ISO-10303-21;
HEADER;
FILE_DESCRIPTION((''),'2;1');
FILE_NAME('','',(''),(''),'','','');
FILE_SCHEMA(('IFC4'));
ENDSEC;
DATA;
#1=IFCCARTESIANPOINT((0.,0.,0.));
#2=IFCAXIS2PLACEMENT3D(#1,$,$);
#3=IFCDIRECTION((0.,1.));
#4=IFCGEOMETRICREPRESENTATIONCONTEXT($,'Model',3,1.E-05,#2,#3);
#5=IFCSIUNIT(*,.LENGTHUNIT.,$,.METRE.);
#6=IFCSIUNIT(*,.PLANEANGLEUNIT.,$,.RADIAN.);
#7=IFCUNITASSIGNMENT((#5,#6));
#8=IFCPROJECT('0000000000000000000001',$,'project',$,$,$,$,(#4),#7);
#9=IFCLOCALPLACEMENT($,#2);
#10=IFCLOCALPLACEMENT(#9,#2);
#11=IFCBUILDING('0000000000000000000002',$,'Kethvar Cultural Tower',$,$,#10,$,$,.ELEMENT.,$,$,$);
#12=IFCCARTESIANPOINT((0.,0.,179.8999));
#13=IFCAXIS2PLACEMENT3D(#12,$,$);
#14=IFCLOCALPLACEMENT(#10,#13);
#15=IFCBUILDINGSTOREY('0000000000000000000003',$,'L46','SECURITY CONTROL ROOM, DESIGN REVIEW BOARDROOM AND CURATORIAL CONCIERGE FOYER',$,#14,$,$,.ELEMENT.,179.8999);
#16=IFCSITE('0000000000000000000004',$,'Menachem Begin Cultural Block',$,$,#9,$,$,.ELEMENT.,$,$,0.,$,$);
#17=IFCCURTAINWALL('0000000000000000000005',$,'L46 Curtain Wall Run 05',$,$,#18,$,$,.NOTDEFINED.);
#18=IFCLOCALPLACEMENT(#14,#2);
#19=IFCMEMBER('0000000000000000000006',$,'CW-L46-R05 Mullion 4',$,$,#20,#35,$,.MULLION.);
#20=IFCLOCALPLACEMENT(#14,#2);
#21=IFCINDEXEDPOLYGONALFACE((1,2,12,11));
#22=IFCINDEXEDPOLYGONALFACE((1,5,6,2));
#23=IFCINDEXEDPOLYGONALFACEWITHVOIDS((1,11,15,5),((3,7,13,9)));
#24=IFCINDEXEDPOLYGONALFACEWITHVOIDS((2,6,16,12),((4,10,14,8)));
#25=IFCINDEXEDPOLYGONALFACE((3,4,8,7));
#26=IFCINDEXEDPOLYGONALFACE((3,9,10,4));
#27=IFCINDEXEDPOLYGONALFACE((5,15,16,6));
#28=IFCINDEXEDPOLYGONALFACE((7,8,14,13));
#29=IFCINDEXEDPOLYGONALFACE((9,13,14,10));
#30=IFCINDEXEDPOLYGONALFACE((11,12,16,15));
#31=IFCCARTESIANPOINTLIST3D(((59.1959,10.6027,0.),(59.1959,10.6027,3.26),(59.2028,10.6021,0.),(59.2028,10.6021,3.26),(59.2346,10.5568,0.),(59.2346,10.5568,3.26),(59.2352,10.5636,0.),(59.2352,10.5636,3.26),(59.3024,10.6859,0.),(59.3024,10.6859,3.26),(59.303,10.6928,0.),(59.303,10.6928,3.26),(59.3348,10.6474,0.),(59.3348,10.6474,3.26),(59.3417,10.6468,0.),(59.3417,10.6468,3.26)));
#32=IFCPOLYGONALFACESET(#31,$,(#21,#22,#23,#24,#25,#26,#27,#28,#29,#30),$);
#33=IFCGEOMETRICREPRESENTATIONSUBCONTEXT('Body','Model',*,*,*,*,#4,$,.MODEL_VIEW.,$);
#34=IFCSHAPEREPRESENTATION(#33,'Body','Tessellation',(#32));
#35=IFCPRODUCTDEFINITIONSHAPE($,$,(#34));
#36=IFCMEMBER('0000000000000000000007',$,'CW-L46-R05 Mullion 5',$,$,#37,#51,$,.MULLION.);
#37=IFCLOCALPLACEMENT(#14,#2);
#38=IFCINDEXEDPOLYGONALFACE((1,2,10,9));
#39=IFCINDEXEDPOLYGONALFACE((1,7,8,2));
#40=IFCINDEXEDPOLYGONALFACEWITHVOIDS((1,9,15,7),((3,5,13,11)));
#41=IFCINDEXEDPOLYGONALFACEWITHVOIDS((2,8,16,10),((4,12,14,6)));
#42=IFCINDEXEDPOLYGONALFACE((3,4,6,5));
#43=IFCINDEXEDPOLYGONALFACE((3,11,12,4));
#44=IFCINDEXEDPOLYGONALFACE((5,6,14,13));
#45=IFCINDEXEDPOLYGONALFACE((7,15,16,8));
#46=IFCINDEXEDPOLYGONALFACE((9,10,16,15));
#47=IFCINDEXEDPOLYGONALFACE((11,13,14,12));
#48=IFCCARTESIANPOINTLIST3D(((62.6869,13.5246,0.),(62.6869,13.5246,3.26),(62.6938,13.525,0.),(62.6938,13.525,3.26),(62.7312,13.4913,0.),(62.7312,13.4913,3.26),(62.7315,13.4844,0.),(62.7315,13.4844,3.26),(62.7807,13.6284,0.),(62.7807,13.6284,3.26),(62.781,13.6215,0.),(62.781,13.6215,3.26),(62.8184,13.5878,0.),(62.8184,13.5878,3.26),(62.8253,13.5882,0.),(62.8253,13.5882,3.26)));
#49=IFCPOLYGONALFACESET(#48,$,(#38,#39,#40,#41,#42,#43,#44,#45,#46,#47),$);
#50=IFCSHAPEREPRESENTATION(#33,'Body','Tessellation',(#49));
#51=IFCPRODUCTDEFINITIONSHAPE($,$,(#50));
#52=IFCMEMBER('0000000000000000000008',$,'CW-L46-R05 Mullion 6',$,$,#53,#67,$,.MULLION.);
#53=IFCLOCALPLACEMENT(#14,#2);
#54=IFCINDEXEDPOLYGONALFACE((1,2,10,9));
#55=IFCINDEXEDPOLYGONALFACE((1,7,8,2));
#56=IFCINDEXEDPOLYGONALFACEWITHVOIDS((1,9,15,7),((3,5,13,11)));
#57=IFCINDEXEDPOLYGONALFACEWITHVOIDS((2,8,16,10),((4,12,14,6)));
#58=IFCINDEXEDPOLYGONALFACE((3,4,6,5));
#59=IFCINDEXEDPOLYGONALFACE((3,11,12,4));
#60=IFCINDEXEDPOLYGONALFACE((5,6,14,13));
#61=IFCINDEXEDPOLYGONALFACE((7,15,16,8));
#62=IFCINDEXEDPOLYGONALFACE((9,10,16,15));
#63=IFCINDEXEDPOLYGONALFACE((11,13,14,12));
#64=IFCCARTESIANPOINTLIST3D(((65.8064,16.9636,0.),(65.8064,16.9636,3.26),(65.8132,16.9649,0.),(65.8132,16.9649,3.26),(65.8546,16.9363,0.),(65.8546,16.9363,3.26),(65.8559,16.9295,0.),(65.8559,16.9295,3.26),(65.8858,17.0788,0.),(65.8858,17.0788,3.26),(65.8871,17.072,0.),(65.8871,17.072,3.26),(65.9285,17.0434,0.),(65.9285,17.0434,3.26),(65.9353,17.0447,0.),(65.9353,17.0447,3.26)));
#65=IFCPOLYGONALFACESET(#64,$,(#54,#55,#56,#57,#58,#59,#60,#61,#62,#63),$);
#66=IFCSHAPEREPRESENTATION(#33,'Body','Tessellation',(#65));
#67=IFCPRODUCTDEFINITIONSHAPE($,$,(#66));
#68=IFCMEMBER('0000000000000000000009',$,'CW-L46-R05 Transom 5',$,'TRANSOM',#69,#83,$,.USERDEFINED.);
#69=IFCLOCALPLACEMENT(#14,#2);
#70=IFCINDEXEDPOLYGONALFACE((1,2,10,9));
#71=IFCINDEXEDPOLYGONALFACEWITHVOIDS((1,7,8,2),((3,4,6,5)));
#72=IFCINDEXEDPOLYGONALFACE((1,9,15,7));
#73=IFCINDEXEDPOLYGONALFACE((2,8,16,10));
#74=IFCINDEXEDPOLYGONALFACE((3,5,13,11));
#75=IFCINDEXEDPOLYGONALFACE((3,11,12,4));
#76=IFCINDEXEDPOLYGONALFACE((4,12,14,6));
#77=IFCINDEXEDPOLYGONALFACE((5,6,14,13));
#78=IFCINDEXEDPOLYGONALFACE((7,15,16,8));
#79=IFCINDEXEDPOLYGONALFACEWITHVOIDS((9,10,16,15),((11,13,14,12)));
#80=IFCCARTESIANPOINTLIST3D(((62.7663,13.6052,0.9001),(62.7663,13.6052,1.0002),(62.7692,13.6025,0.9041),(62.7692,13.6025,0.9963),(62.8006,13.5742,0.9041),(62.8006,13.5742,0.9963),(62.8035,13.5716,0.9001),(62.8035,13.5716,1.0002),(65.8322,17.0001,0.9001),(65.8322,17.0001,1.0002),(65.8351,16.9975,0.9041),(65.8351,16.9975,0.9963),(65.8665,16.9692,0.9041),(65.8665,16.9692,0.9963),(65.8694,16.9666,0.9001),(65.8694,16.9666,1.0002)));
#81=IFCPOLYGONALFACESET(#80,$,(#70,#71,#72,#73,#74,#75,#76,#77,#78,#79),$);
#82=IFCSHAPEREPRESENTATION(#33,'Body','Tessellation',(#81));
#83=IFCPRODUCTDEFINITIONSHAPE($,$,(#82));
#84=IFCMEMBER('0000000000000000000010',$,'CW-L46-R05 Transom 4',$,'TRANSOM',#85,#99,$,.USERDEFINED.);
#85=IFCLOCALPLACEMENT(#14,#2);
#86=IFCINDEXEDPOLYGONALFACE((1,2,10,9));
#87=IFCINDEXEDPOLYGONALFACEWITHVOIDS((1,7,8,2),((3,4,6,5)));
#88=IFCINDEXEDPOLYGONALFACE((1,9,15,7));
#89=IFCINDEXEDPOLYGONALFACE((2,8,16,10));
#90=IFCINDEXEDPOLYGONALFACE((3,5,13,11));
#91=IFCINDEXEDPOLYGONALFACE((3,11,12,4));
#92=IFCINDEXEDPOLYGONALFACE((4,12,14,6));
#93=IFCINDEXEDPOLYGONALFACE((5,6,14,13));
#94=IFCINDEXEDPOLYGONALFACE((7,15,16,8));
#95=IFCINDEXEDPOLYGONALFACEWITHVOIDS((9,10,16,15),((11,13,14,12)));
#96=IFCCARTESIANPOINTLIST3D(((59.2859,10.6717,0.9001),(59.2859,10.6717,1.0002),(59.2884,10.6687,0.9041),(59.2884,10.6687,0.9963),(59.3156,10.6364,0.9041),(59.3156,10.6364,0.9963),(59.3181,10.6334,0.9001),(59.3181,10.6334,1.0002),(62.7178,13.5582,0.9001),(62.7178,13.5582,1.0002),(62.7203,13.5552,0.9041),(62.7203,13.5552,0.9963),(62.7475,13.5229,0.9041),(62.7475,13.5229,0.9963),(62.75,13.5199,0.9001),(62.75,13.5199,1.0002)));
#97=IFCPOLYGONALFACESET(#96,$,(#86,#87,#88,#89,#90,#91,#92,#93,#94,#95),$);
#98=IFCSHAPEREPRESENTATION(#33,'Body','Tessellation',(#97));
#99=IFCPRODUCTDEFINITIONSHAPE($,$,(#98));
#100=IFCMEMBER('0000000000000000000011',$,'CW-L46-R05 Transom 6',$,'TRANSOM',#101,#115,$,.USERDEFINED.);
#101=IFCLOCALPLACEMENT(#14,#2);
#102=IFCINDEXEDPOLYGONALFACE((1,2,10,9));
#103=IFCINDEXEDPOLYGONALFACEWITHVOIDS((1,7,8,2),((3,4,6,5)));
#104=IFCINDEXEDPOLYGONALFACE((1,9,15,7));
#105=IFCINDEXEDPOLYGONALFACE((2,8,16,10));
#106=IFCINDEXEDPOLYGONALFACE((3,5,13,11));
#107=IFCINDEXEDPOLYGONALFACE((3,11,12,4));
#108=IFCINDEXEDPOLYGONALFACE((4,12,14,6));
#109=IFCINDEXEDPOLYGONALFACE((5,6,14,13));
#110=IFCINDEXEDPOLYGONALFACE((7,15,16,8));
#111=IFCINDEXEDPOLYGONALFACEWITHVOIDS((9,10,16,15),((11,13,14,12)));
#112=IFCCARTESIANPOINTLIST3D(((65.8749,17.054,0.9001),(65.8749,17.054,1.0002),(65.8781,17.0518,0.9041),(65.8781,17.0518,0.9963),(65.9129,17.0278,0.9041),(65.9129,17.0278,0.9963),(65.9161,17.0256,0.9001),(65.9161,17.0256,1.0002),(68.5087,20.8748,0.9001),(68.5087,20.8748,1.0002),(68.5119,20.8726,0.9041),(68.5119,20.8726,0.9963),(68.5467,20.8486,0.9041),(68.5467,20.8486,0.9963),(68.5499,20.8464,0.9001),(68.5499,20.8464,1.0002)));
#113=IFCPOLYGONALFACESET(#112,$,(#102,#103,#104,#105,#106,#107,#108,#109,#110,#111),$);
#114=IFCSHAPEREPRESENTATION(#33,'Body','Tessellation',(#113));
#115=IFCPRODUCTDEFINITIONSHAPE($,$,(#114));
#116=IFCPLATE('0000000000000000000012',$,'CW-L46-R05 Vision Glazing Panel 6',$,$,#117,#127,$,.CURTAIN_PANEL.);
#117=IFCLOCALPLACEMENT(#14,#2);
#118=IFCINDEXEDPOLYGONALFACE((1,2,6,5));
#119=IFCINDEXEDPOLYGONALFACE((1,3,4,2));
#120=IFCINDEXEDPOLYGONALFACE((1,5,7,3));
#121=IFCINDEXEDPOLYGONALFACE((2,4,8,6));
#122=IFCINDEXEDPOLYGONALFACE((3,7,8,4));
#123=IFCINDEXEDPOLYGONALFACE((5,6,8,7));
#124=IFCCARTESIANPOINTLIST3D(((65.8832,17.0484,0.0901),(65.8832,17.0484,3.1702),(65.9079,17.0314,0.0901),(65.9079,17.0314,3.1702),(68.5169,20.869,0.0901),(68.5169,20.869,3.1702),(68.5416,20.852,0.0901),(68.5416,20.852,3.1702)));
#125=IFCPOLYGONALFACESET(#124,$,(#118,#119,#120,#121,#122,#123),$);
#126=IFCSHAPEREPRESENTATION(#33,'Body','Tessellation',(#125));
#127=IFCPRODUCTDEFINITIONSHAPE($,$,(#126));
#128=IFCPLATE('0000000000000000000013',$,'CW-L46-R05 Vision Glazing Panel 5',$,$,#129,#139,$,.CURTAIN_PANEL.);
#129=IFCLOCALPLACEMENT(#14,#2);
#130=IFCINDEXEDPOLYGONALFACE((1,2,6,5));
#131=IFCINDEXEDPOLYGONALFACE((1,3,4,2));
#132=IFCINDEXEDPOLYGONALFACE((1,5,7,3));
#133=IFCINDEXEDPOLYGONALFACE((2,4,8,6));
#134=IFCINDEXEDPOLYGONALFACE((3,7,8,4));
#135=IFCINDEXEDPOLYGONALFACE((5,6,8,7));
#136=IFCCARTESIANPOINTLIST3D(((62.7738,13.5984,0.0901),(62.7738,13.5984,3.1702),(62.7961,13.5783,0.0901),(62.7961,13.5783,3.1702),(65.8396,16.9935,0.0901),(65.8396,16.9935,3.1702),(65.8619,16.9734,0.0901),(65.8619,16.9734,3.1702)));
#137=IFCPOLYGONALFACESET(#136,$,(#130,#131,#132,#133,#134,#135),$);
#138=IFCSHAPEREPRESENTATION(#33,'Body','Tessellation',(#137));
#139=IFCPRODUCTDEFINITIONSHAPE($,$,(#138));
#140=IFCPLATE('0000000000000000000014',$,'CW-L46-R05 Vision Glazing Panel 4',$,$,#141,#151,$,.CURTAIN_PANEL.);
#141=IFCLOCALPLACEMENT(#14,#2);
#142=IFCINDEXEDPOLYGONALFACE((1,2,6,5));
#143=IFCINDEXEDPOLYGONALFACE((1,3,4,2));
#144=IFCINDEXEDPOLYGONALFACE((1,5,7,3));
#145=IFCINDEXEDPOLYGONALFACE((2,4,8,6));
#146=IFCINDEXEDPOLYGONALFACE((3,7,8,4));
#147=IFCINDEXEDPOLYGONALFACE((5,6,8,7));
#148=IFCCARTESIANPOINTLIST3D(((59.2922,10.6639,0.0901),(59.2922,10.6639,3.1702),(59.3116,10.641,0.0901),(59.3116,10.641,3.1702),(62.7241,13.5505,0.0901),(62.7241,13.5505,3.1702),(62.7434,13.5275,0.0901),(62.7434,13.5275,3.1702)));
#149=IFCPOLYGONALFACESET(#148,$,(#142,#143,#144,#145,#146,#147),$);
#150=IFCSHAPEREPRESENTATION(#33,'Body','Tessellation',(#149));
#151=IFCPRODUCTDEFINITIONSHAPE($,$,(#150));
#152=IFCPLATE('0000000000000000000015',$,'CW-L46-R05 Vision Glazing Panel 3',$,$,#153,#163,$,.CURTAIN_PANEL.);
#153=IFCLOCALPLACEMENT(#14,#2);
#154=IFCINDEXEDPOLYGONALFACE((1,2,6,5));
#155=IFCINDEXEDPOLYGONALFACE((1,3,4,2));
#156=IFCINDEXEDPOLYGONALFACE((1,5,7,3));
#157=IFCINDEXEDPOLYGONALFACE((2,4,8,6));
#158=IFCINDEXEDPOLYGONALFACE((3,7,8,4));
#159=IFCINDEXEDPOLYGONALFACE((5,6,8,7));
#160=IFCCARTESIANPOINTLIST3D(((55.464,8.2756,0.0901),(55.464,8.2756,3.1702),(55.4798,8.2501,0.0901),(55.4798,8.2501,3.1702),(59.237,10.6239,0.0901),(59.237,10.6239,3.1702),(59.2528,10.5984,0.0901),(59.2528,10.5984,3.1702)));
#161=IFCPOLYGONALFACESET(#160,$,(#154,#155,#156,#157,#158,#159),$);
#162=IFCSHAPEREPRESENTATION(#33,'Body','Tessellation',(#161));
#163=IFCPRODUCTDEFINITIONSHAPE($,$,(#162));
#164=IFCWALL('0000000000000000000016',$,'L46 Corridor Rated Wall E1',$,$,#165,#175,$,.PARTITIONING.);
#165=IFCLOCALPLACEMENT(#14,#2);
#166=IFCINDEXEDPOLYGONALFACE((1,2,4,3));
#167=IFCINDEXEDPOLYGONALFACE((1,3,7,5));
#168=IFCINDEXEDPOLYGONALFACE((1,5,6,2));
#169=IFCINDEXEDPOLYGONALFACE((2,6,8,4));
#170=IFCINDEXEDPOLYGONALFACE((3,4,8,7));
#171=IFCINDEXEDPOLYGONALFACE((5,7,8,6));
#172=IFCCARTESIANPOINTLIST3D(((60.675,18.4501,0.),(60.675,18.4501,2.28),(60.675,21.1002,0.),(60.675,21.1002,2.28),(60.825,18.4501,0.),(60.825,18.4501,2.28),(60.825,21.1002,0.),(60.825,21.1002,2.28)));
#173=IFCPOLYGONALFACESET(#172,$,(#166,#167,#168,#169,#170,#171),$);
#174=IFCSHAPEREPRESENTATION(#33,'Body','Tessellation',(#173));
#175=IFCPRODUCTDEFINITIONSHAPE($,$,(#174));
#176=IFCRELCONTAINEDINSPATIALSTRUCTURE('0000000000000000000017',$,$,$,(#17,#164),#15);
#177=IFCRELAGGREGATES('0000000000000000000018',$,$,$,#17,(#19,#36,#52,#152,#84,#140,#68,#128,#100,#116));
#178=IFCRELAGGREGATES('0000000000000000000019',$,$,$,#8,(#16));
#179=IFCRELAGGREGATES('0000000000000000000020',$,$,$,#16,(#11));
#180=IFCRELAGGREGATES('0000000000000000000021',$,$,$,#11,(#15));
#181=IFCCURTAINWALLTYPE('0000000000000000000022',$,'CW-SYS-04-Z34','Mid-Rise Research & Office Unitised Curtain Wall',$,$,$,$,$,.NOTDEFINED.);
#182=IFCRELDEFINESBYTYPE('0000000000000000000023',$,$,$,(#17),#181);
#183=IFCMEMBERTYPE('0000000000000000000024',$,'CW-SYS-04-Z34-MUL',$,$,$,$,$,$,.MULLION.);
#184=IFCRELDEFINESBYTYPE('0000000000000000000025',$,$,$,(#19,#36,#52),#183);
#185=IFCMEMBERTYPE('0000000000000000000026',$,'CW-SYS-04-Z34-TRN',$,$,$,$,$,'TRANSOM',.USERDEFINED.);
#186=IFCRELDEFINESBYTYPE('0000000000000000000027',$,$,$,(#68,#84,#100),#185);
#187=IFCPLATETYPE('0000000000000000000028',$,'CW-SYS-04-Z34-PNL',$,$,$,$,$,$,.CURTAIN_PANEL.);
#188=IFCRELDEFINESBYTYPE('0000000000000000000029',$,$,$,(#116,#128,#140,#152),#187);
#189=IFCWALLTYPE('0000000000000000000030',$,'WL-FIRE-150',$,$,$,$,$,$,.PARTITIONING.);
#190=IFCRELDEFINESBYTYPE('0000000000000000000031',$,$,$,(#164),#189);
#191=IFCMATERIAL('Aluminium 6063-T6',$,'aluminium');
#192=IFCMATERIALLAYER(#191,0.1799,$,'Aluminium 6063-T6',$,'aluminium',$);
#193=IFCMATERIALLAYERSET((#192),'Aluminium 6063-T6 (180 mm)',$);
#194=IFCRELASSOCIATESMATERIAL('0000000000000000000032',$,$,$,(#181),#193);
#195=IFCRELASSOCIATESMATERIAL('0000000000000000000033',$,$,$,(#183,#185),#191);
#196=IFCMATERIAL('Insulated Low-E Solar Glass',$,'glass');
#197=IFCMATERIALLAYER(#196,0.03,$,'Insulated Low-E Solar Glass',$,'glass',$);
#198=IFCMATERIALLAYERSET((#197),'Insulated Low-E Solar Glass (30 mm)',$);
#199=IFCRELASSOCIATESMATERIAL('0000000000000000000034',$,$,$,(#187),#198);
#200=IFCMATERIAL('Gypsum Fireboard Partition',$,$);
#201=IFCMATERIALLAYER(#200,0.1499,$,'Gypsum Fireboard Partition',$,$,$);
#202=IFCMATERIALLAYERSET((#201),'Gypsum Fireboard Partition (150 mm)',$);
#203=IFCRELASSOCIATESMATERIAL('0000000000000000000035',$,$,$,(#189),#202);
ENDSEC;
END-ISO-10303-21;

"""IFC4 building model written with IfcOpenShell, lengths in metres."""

from ifc_helpers import new_model, si_unit, direction, frame, frame_2d, origin, origin_2d, place, context, subcontext, project, spatial, rectangle, hollow_rectangle, extrude, source, transform, mapped, material, layer, layer_set, material_profile, profile_set, type_object, element, aggregate, save


model = new_model("IFC4")

# Units and contexts
model_context = context("Model", 3, precision=1e-05, world=origin(), true_north=direction((0.0, 1.0)))
body_context = subcontext(model_context, "Body", "Model", "MODEL_VIEW")
ifc_project = project(units=[si_unit("LENGTHUNIT", "METRE"), si_unit("PLANEANGLEUNIT", "RADIAN")], contexts=[model_context])

# Site, building, storey
site_placement = place(None, origin())
site = spatial("IfcSite", under=ifc_project, at=site_placement, Name="Menachem Begin Cultural Block", CompositionType="ELEMENT", RefElevation=0.0)
building_placement = place(site_placement, origin())
building = spatial("IfcBuilding", under=site, at=building_placement, Name="Kethvar Cultural Tower", CompositionType="ELEMENT")
storey_placement = place(building_placement, frame((0.0, 0.0, 179.8999)))
storey = spatial("IfcBuildingStorey", under=building, at=storey_placement, Name="L46", Description="SECURITY CONTROL ROOM, DESIGN REVIEW BOARDROOM AND CURATORIAL CONCIERGE FOYER", CompositionType="ELEMENT", Elevation=179.8999)

# Curtain wall, members, plates
ifc_material_1 = material(Name="Aluminium 6063-T6", Category="aluminium")
ifc_layer_1 = layer(ifc_material_1, 0.1799, Name="Aluminium 6063-T6", Category="aluminium")
ifc_layer_set_1 = layer_set([ifc_layer_1], Name="Aluminium 6063-T6 (180 mm)")
curtain_wall_type = type_object("IfcCurtainWallType", Name="CW-SYS-04-Z34", Description="Mid-Rise Research & Office Unitised Curtain Wall", PredefinedType="NOTDEFINED", material=ifc_layer_set_1)
curtain_wall_placement = place(storey_placement, origin())
curtain_wall = element("IfcCurtainWall", 1, at=curtain_wall_placement, inside=storey, type_object=curtain_wall_type, Name="L46 Curtain Wall Run 05", PredefinedType="NOTDEFINED")
ifc_material_profile_1 = material_profile(ifc_material_1, hollow_rectangle(XDim=0.0601, YDim=0.1399, WallThickness=0.0049, at=origin_2d()), Name="Aluminium 6063-T6 — RHS140x60x5")
ifc_profile_set_1 = profile_set([ifc_material_profile_1], Name="Aluminium 6063-T6 — RHS140x60x5")
member_type_1 = type_object("IfcMemberType", Name="CW-SYS-04-Z34-MUL", PredefinedType="MULLION", material=ifc_profile_set_1)
shared_shape_1 = source(origin(), body_context, "Body", "SweptSolid", [
    extrude(hollow_rectangle(XDim=0.0601, YDim=0.1399, WallThickness=0.0049, at=origin_2d()), origin(), (0.0, 0.0, 1.0), 3.26),
])
member_1_placement = place(storey_placement, frame((59.2688, 10.6248, 0.0), z_axis=(0.0, 0.0, 1.0), x_axis=(-0.643683, 0.765292, 0.0)))
member_1 = element("IfcMember", 2, at=member_1_placement, type_object=member_type_1, Name="CW-L46-R05 Mullion 4", PredefinedType="MULLION", context=body_context, shape_type="MappedRepresentation", body=[
    mapped(shared_shape_1, transform((0.0, 0.0, 0.0), scale=1.0)),
])
member_2_placement = place(storey_placement, frame((62.7561, 13.5564, 0.0), z_axis=(0.0, 0.0, 1.0), x_axis=(-0.742175, 0.670206, 0.0)))
member_2 = element("IfcMember", 3, at=member_2_placement, type_object=member_type_1, Name="CW-L46-R05 Mullion 5", PredefinedType="MULLION", context=body_context, shape_type="MappedRepresentation", body=[
    mapped(shared_shape_1, transform((0.0, 0.0, 0.0), scale=1.0)),
])
member_3_placement = place(storey_placement, frame((65.8708, 17.0042, 0.0), z_axis=(0.0, 0.0, 1.0), x_axis=(-0.823335, 0.567556, 0.0)))
member_3 = element("IfcMember", 4, at=member_3_placement, type_object=member_type_1, Name="CW-L46-R05 Mullion 6", PredefinedType="MULLION", context=body_context, shape_type="MappedRepresentation", body=[
    mapped(shared_shape_1, transform((0.0, 0.0, 0.0), scale=1.0)),
])
ifc_material_profile_2 = material_profile(ifc_material_1, hollow_rectangle(XDim=0.05, YDim=0.1001, WallThickness=0.0039, at=origin_2d()), Name="Aluminium 6063-T6 — RHS100x50x4")
ifc_profile_set_2 = profile_set([ifc_material_profile_2], Name="Aluminium 6063-T6 — RHS100x50x4")
member_type_2 = type_object("IfcMemberType", Name="CW-SYS-04-Z34-TRN", ElementType="TRANSOM", PredefinedType="USERDEFINED", material=ifc_profile_set_2)
shared_shape_2 = source(origin(), body_context, "Body", "SweptSolid", [
    extrude(hollow_rectangle(XDim=0.05, YDim=0.1001, WallThickness=0.0039, at=origin_2d()), origin(), (0.0, 0.0, 1.0), 4.5745),
])
member_4_placement = place(storey_placement, frame((62.7849, 13.5884, 0.9502), z_axis=(0.67022, 0.742163, 0.0), x_axis=(-0.742163, 0.67022, 0.0)))
member_4 = element("IfcMember", 5, at=member_4_placement, type_object=member_type_2, Name="CW-L46-R05 Transom 5", ObjectType="TRANSOM", PredefinedType="USERDEFINED", context=body_context, shape_type="MappedRepresentation", body=[
    mapped(shared_shape_2, transform((0.0, 0.0, 0.0), scale=1.0)),
])
shared_shape_3 = source(origin(), body_context, "Body", "SweptSolid", [
    extrude(hollow_rectangle(XDim=0.05, YDim=0.1001, WallThickness=0.0039, at=origin_2d()), origin(), (0.0, 0.0, 1.0), 4.4844),
])
member_5_placement = place(storey_placement, frame((59.302, 10.6526, 0.9502), z_axis=(0.765299, 0.643675, 0.0), x_axis=(-0.643675, 0.765299, 0.0)))
member_5 = element("IfcMember", 6, at=member_5_placement, type_object=member_type_2, Name="CW-L46-R05 Transom 4", ObjectType="TRANSOM", PredefinedType="USERDEFINED", context=body_context, shape_type="MappedRepresentation", body=[
    mapped(shared_shape_3, transform((0.0, 0.0, 0.0), scale=1.0)),
])
shared_shape_4 = source(origin(), body_context, "Body", "SweptSolid", [
    extrude(hollow_rectangle(XDim=0.05, YDim=0.1001, WallThickness=0.0039, at=origin_2d()), origin(), (0.0, 0.0, 1.0), 4.6406),
])
member_6_placement = place(storey_placement, frame((65.8955, 17.0398, 0.9502), z_axis=(0.567551, 0.823338, 0.0), x_axis=(-0.823338, 0.567551, 0.0)))
member_6 = element("IfcMember", 7, at=member_6_placement, type_object=member_type_2, Name="CW-L46-R05 Transom 6", ObjectType="TRANSOM", PredefinedType="USERDEFINED", context=body_context, shape_type="MappedRepresentation", body=[
    mapped(shared_shape_4, transform((0.0, 0.0, 0.0), scale=1.0)),
])
ifc_material_2 = material(Name="Insulated Low-E Solar Glass", Category="glass")
ifc_layer_2 = layer(ifc_material_2, 0.03, Name="Insulated Low-E Solar Glass", Category="glass")
ifc_layer_set_2 = layer_set([ifc_layer_2], Name="Insulated Low-E Solar Glass (30 mm)")
plate_type = type_object("IfcPlateType", Name="CW-SYS-04-Z34-PNL", PredefinedType="CURTAIN_PANEL", material=ifc_layer_set_2)
shared_shape_5 = source(origin(), body_context, "Body", "SweptSolid", [
    extrude(rectangle(XDim=4.6404, YDim=0.03, at=origin_2d()), origin(), (0.0, 0.0, 1.0), 3.0801),
])
plate_1_placement = place(storey_placement, frame((67.2124, 18.9502, 0.0901), z_axis=(0.0, 0.0, 1.0), x_axis=(0.567556, 0.823335, 0.0)))
plate_1 = element("IfcPlate", 8, at=plate_1_placement, type_object=plate_type, Name="CW-L46-R05 Vision Glazing Panel 6", PredefinedType="CURTAIN_PANEL", context=body_context, shape_type="MappedRepresentation", body=[
    mapped(shared_shape_5, transform((0.0, 0.0, 0.0), scale=1.0)),
])
shared_shape_6 = source(origin(), body_context, "Body", "SweptSolid", [
    extrude(rectangle(XDim=4.5745, YDim=0.03, at=origin_2d()), origin(), (0.0, 0.0, 1.0), 3.0801),
])
plate_2_placement = place(storey_placement, frame((64.3179, 15.2859, 0.0901), z_axis=(0.0, 0.0, 1.0), x_axis=(0.670206, 0.742175, 0.0)))
plate_2 = element("IfcPlate", 9, at=plate_2_placement, type_object=plate_type, Name="CW-L46-R05 Vision Glazing Panel 5", PredefinedType="CURTAIN_PANEL", context=body_context, shape_type="MappedRepresentation", body=[
    mapped(shared_shape_6, transform((0.0, 0.0, 0.0), scale=1.0)),
])
shared_shape_7 = source(origin(), body_context, "Body", "SweptSolid", [
    extrude(rectangle(XDim=4.4844, YDim=0.03, at=origin_2d()), origin(), (0.0, 0.0, 1.0), 3.0801),
])
plate_3_placement = place(storey_placement, frame((61.0178, 12.0957, 0.0901), z_axis=(0.0, 0.0, 1.0), x_axis=(0.765292, 0.643683, 0.0)))
plate_3 = element("IfcPlate", 10, at=plate_3_placement, type_object=plate_type, Name="CW-L46-R05 Vision Glazing Panel 4", PredefinedType="CURTAIN_PANEL", context=body_context, shape_type="MappedRepresentation", body=[
    mapped(shared_shape_7, transform((0.0, 0.0, 0.0), scale=1.0)),
])
shared_shape_8 = source(origin(), body_context, "Body", "SweptSolid", [
    extrude(rectangle(XDim=4.4441, YDim=0.03, at=origin_2d()), origin(), (0.0, 0.0, 1.0), 3.0801),
])
plate_4_placement = place(storey_placement, frame((57.3584, 9.437, 0.0901), z_axis=(0.0, 0.0, 1.0), x_axis=(0.84899, 0.528409, 0.0)))
plate_4 = element("IfcPlate", 11, at=plate_4_placement, type_object=plate_type, Name="CW-L46-R05 Vision Glazing Panel 3", PredefinedType="CURTAIN_PANEL", context=body_context, shape_type="MappedRepresentation", body=[
    mapped(shared_shape_8, transform((0.0, 0.0, 0.0), scale=1.0)),
])
aggregate(curtain_wall, [member_1, member_2, member_3, plate_4, member_5, plate_3, member_4, plate_2, member_6, plate_1])

# Wall
ifc_material_3 = material(Name="Gypsum Fireboard Partition")
ifc_layer_3 = layer(ifc_material_3, 0.1499, Name="Gypsum Fireboard Partition")
ifc_layer_set_3 = layer_set([ifc_layer_3], Name="Gypsum Fireboard Partition (150 mm)")
wall_type_1 = type_object("IfcWallType", Name="WL-FIRE-150", PredefinedType="PARTITIONING", material=ifc_layer_set_3)
wall_1_placement = place(storey_placement, frame((60.75, 18.45, 0.0), z_axis=(0.0, 0.0, 1.0), x_axis=(0.0, 1.0, 0.0)))
element("IfcWall", 12, at=wall_1_placement, inside=storey, type_object=wall_type_1, Name="L46 Corridor Rated Wall E1", PredefinedType="PARTITIONING", context=body_context, shape_type="SweptSolid", body=[
    extrude(rectangle(XDim=2.6501, YDim=0.1499, at=frame_2d((1.3252, 0.0))), origin(), (0.0, 0.0, 1.0), 2.28),
])

save(model, "model.ifc")
